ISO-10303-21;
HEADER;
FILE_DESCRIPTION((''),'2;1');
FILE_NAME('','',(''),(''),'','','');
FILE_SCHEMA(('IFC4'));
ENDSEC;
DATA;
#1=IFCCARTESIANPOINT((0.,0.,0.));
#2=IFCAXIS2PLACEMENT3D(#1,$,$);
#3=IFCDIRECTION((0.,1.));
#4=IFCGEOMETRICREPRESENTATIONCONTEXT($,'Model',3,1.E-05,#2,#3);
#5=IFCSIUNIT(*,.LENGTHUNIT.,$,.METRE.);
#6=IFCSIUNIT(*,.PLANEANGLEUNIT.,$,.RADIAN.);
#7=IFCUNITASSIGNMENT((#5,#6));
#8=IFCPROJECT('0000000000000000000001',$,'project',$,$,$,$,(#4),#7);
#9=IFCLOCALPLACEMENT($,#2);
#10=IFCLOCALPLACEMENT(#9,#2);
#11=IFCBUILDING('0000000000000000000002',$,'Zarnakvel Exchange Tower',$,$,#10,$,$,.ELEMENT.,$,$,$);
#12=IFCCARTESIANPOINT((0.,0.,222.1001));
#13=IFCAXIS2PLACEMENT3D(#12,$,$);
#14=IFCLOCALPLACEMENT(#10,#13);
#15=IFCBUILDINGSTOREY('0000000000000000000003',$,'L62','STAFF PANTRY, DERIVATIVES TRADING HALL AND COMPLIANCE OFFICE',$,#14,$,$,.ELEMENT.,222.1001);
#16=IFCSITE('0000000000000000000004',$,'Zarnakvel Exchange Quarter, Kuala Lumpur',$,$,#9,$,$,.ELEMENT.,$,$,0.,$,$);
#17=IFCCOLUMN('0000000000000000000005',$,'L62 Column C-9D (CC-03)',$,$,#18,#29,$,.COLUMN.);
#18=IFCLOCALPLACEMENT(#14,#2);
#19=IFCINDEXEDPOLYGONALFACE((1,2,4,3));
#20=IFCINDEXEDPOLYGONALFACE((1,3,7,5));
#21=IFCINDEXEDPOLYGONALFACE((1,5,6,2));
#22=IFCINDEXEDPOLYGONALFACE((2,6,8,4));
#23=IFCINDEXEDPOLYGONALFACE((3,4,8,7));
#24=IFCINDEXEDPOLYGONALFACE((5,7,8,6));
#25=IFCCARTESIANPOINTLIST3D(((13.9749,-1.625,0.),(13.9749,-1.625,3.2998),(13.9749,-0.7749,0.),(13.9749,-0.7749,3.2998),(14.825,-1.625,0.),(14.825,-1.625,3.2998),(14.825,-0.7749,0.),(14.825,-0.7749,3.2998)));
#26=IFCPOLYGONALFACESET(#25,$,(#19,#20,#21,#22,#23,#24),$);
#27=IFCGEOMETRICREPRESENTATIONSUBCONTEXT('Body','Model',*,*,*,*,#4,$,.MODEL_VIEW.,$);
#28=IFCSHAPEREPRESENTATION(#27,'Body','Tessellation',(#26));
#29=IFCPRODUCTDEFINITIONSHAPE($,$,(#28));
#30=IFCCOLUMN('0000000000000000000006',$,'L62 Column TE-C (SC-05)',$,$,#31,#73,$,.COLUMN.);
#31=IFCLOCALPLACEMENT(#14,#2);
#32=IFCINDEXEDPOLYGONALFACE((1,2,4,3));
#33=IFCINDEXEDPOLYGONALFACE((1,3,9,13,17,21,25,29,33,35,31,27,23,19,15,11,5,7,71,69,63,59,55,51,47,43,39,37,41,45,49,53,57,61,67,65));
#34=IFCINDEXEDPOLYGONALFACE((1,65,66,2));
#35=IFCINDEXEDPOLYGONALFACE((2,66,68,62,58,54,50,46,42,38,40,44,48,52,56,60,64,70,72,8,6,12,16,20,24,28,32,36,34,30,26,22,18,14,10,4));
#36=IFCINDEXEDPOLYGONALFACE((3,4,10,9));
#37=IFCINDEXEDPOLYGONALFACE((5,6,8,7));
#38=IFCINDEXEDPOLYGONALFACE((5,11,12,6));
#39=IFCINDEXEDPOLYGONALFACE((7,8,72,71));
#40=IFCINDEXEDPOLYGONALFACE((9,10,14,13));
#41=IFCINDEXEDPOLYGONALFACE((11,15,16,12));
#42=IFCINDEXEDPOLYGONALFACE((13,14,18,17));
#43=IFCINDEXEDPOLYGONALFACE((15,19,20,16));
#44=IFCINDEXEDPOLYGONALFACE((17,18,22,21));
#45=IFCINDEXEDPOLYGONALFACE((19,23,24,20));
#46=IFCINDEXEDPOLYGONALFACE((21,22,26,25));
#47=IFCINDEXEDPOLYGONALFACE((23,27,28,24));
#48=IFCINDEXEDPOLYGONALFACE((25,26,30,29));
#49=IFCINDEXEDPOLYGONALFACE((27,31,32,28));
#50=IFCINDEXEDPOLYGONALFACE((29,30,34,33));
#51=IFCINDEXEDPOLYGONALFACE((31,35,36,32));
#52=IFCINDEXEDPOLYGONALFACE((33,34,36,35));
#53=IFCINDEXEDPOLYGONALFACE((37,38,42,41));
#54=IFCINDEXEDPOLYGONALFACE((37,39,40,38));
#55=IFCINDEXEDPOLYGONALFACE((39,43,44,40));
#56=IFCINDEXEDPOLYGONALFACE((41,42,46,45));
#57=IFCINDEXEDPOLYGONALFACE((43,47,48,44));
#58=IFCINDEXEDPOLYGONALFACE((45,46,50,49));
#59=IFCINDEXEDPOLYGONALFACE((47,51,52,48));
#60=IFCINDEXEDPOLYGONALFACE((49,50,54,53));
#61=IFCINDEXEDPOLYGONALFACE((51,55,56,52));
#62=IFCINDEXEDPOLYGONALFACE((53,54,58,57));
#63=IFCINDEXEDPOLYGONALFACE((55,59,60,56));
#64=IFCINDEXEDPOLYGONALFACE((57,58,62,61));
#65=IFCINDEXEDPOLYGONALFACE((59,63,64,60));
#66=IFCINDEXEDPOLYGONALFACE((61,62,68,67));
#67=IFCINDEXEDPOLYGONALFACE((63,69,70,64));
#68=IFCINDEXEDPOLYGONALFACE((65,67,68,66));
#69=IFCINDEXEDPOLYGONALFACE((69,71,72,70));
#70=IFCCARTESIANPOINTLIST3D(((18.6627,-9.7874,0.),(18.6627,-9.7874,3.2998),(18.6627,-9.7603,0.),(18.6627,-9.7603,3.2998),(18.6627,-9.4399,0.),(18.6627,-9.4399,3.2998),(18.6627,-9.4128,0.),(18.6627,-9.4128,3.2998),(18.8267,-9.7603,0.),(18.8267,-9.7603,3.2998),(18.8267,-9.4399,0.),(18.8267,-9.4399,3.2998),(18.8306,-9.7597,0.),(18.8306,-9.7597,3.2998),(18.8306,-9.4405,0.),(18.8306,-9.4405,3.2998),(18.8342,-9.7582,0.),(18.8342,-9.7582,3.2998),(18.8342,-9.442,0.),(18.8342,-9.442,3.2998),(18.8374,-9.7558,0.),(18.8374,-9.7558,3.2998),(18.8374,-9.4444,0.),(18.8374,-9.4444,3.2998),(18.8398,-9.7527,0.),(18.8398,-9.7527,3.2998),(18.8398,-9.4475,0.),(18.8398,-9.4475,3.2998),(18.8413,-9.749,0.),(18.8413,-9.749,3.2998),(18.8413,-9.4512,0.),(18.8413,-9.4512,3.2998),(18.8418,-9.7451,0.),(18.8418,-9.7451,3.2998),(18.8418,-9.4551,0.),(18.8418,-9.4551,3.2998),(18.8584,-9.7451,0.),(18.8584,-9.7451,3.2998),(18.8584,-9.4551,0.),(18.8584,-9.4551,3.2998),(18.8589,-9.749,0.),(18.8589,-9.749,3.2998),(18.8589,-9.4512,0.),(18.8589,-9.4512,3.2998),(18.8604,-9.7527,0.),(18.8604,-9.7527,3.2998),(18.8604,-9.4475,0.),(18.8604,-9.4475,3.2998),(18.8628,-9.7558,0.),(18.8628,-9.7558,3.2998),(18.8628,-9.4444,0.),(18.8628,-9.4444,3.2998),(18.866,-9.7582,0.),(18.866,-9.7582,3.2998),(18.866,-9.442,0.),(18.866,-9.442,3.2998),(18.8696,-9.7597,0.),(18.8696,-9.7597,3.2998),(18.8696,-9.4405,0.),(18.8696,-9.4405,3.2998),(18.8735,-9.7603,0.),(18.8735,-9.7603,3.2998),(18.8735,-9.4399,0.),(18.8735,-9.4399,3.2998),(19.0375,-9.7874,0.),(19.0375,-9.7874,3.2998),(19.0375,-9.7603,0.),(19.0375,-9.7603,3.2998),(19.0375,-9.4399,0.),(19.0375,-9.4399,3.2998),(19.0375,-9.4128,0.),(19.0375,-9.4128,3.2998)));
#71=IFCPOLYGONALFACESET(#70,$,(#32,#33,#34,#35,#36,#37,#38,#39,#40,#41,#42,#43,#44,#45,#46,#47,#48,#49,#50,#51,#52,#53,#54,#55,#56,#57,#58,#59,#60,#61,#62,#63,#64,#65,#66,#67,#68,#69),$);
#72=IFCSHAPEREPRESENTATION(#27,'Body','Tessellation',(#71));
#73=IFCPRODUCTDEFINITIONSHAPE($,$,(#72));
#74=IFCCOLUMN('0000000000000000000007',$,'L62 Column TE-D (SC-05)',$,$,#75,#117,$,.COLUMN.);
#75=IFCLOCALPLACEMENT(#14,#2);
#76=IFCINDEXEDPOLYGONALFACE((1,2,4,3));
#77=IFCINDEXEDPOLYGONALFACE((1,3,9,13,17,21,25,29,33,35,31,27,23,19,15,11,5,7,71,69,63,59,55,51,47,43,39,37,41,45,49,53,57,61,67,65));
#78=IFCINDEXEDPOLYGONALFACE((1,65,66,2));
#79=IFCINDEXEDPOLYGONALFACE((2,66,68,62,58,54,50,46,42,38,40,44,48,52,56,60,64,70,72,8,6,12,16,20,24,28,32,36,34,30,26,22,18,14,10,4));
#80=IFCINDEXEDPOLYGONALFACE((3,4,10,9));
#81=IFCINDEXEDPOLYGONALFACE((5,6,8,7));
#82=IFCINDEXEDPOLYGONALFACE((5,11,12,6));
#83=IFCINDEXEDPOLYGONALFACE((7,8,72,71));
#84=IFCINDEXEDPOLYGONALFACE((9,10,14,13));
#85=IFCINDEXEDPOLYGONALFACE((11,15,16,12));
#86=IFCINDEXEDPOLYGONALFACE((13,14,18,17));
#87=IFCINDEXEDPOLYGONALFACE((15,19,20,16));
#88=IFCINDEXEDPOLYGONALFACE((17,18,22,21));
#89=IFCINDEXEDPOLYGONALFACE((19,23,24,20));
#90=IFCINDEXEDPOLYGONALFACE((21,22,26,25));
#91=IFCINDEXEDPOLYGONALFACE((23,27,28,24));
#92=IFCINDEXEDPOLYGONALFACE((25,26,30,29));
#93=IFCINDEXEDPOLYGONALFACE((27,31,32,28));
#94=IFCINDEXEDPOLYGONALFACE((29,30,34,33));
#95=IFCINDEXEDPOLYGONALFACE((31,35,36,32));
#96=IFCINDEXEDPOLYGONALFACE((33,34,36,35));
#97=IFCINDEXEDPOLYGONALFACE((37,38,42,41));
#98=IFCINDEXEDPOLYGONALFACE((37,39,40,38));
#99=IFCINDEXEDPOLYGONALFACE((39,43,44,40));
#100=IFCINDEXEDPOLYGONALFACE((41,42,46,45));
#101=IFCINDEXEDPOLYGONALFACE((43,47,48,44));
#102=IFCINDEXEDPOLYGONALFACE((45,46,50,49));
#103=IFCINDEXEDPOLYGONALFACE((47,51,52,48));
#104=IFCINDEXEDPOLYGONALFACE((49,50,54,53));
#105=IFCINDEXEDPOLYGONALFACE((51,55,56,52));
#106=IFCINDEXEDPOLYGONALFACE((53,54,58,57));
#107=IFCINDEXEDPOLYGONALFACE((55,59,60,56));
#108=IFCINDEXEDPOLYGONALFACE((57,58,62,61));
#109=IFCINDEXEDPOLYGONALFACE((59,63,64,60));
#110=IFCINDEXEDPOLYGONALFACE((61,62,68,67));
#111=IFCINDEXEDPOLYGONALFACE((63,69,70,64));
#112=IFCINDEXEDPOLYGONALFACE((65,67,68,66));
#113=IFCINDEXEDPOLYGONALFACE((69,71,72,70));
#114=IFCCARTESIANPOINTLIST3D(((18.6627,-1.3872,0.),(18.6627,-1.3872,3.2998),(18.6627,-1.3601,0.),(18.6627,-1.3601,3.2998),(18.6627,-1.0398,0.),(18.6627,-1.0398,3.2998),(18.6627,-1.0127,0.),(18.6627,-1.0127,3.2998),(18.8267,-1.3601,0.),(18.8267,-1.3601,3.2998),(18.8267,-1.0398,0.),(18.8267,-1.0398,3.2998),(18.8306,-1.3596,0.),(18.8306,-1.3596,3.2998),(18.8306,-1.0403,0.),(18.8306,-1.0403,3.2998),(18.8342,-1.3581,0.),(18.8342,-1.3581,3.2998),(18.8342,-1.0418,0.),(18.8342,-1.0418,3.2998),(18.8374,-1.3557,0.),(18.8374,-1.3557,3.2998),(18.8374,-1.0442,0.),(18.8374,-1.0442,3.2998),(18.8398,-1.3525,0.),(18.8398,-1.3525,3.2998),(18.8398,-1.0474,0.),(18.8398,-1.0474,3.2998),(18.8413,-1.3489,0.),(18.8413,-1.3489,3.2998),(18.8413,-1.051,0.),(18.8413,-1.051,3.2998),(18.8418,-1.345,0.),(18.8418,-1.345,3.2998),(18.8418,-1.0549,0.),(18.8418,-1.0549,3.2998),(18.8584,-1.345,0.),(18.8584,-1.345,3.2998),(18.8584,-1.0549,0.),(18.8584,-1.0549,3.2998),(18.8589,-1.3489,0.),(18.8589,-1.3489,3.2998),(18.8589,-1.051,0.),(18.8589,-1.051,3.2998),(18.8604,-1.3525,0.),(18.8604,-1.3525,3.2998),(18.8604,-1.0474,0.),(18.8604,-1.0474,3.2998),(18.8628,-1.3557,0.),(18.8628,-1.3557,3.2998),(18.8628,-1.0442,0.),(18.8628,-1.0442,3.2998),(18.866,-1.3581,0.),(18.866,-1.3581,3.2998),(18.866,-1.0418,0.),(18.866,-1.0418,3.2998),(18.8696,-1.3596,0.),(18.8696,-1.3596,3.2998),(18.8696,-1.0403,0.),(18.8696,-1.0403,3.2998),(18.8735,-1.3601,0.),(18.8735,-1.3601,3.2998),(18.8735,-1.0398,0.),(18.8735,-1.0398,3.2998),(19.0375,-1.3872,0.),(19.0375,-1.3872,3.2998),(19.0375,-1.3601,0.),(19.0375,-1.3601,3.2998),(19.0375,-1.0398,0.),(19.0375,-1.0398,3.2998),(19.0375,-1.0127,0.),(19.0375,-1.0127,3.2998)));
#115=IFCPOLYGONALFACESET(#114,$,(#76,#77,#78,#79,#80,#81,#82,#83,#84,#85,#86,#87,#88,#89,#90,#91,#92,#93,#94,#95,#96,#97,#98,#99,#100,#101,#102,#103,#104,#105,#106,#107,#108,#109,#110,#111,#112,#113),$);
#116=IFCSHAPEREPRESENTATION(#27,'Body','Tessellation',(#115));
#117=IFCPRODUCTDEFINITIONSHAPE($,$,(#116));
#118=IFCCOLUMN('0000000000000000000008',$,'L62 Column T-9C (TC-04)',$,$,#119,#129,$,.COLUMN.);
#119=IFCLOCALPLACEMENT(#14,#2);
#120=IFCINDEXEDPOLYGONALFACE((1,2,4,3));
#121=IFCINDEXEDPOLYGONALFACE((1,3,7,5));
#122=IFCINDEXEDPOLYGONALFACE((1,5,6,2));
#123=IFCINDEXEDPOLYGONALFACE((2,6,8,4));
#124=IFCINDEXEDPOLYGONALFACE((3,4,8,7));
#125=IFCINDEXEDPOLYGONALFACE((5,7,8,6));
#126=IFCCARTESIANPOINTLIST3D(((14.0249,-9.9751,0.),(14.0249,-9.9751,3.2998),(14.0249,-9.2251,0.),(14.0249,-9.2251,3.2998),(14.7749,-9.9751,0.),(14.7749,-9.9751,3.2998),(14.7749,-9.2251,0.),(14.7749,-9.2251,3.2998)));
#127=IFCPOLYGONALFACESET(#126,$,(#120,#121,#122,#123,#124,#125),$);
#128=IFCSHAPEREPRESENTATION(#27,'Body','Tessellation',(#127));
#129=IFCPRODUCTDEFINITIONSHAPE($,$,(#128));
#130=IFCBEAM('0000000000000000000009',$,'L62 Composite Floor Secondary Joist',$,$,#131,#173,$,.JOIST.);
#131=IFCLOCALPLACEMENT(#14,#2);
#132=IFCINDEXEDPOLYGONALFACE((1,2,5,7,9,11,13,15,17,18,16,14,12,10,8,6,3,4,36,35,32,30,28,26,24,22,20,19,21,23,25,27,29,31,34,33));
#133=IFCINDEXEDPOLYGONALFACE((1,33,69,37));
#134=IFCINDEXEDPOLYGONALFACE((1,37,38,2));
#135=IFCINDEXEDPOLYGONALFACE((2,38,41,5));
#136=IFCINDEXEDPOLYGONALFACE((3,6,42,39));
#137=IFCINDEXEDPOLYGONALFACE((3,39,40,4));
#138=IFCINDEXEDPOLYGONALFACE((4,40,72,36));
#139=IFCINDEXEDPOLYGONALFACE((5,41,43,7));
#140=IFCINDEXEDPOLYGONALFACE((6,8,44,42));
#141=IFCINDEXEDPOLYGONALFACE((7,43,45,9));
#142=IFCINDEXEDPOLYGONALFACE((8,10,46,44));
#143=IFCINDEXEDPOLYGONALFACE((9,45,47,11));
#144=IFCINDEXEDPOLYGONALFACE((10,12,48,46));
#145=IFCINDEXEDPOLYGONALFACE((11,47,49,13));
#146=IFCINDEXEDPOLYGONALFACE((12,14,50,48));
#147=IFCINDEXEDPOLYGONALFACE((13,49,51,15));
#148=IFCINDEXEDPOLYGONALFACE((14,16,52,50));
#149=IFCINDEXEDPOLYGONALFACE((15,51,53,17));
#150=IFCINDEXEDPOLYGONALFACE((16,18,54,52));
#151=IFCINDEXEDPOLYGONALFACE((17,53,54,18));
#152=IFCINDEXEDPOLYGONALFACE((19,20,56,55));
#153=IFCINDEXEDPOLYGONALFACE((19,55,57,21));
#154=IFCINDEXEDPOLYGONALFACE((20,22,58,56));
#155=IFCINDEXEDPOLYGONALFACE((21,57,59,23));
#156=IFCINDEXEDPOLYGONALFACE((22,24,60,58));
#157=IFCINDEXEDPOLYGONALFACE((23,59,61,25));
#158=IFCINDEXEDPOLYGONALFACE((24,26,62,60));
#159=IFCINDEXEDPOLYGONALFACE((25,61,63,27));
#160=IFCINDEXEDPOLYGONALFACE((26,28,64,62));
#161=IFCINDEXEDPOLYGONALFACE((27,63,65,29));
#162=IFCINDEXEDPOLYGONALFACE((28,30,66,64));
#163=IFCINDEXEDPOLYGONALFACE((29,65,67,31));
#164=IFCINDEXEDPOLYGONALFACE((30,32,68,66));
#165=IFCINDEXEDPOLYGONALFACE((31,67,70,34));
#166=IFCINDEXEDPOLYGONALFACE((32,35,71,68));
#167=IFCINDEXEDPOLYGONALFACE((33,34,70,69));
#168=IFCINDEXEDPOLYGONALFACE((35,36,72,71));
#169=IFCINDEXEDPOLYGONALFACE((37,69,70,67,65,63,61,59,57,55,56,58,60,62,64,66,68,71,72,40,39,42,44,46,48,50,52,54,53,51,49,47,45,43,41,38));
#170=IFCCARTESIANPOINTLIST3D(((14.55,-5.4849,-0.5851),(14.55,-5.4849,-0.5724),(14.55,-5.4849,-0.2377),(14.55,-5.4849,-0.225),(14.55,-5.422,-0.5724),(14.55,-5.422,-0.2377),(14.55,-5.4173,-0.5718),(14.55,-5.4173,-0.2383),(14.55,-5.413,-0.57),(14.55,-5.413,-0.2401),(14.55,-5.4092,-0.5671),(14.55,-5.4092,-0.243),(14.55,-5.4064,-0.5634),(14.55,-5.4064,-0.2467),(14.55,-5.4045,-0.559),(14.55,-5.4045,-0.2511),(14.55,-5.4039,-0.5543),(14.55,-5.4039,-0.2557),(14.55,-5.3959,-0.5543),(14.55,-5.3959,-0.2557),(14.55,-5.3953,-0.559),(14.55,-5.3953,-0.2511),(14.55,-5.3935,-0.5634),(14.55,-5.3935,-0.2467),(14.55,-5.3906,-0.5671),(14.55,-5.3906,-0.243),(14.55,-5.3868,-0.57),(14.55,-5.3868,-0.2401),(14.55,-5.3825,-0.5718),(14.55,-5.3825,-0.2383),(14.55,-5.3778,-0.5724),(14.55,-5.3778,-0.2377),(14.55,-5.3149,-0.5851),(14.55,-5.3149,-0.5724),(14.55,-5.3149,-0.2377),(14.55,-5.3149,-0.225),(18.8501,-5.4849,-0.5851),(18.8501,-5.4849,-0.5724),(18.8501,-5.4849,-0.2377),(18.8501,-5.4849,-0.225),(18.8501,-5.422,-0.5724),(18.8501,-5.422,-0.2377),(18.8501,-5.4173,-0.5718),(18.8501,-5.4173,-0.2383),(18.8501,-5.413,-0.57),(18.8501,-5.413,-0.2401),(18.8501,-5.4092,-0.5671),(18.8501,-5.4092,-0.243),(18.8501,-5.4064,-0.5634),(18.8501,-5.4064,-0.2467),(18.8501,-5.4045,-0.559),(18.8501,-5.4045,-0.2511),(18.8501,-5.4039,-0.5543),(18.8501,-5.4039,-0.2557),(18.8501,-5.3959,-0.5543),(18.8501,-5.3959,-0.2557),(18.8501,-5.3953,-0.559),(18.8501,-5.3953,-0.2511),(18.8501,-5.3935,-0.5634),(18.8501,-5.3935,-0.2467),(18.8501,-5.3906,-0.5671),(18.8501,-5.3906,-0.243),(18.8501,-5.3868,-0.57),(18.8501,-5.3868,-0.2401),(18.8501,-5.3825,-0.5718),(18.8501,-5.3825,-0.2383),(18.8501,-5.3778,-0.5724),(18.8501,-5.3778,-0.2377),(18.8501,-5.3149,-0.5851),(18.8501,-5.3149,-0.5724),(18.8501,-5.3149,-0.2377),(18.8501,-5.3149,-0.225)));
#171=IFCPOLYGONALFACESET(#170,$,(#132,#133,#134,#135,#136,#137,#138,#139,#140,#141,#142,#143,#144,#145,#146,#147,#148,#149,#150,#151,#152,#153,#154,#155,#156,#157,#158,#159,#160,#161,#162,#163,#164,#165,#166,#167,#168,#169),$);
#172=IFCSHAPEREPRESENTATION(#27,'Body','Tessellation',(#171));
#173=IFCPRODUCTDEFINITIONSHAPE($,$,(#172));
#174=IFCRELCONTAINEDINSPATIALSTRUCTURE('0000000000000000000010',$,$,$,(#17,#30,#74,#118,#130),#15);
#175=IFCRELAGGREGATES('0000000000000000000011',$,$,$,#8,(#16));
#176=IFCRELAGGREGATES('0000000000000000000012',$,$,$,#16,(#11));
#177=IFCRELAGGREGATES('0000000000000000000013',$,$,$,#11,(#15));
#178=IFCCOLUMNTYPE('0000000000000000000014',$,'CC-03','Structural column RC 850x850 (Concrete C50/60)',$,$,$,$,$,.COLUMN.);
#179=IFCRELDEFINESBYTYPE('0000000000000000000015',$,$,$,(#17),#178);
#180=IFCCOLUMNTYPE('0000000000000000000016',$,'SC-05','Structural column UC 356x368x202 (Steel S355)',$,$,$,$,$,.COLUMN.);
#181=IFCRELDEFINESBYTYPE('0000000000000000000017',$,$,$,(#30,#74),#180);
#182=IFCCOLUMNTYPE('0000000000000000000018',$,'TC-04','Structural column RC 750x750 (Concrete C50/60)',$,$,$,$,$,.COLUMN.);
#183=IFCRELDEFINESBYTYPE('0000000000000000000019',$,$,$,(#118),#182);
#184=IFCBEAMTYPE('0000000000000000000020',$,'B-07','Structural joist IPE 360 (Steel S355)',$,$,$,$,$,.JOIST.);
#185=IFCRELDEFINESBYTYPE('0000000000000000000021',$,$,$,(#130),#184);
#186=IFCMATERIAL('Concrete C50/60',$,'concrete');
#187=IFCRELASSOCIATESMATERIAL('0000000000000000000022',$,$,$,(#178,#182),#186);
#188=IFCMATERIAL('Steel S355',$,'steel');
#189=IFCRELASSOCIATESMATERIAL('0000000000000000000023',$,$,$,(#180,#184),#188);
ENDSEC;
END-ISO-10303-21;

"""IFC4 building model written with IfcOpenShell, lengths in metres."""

from ifc_helpers import new_model, si_unit, direction, frame, origin, origin_2d, place, context, subcontext, project, spatial, rectangle, i_section, extrude, material, material_profile, profile_set, type_object, element, save


model = new_model("IFC4")

# Units and contexts
model_context = context("Model", 3, precision=1e-05, world=origin(), true_north=direction((0.0, 1.0)))
body_context = subcontext(model_context, "Body", "Model", "MODEL_VIEW")
ifc_project = project(units=[si_unit("LENGTHUNIT", "METRE"), si_unit("PLANEANGLEUNIT", "RADIAN")], contexts=[model_context])

# Site, building, storey
site_placement = place(None, origin())
site = spatial("IfcSite", under=ifc_project, at=site_placement, Name="Zarnakvel Exchange Quarter, Kuala Lumpur", CompositionType="ELEMENT", RefElevation=0.0)
building_placement = place(site_placement, origin())
building = spatial("IfcBuilding", under=site, at=building_placement, Name="Zarnakvel Exchange Tower", CompositionType="ELEMENT")
storey_placement = place(building_placement, frame((0.0, 0.0, 222.1001)))
storey = spatial("IfcBuildingStorey", under=building, at=storey_placement, Name="L62", Description="STAFF PANTRY, DERIVATIVES TRADING HALL AND COMPLIANCE OFFICE", CompositionType="ELEMENT", Elevation=222.1001)

# Columns
ifc_material_1 = material(Name="Concrete C50/60", Category="concrete")
ifc_material_profile_1 = material_profile(ifc_material_1, rectangle(XDim=0.8501, YDim=0.8501, at=origin_2d()))
ifc_profile_set_1 = profile_set([ifc_material_profile_1], Name="Concrete C50/60")
column_type_1 = type_object("IfcColumnType", Name="CC-03", Description="Structural column RC 850x850 (Concrete C50/60)", PredefinedType="COLUMN", material=ifc_profile_set_1)
column_1_placement = place(storey_placement, frame((14.3999, -1.2, 0.0), z_axis=(0.0, 0.0, 1.0), x_axis=(1.0, 0.0, 0.0)))
element("IfcColumn", 1, at=column_1_placement, inside=storey, type_object=column_type_1, Name="L62 Column C-9D (CC-03)", PredefinedType="COLUMN", context=body_context, shape_type="SweptSolid", body=[
    extrude(rectangle(XDim=0.8501, YDim=0.8501, at=origin_2d()), origin(), (0.0, 0.0, 1.0), 3.2998),
])
ifc_material_2 = material(Name="Steel S355", Category="steel")
ifc_material_profile_2 = material_profile(ifc_material_2, i_section(OverallWidth=0.3748, OverallDepth=0.3745, WebThickness=0.0166, FlangeThickness=0.0271, FilletRadius=0.0151, at=origin_2d()))
ifc_profile_set_2 = profile_set([ifc_material_profile_2], Name="Steel S355")
column_type_2 = type_object("IfcColumnType", Name="SC-05", Description="Structural column UC 356x368x202 (Steel S355)", PredefinedType="COLUMN", material=ifc_profile_set_2)
for number, where, z_axis, x_axis, name in (
    (2, (18.8501, -9.6001, 0.0), (0.0, 0.0, 1.0), (1.0, 0.0, 0.0), "L62 Column TE-C (SC-05)"),
    (3, (18.8501, -1.2, 0.0), (0.0, 0.0, 1.0), (1.0, 0.0, 0.0), "L62 Column TE-D (SC-05)"),
):
    element("IfcColumn", number, at=place(storey_placement, frame(where, z_axis=z_axis, x_axis=x_axis)), inside=storey, type_object=column_type_2, Name=name, PredefinedType="COLUMN", context=body_context, shape_type="SweptSolid", body=[
        extrude(i_section(OverallWidth=0.3748, OverallDepth=0.3745, WebThickness=0.0166, FlangeThickness=0.0271, FilletRadius=0.0151, at=origin_2d()), origin(), (0.0, 0.0, 1.0), 3.2998),
    ])
ifc_material_profile_3 = material_profile(ifc_material_1, rectangle(XDim=0.75, YDim=0.75, at=origin_2d()))
ifc_profile_set_3 = profile_set([ifc_material_profile_3], Name="Concrete C50/60")
column_type_3 = type_object("IfcColumnType", Name="TC-04", Description="Structural column RC 750x750 (Concrete C50/60)", PredefinedType="COLUMN", material=ifc_profile_set_3)
column_2_placement = place(storey_placement, frame((14.3999, -9.6001, 0.0), z_axis=(0.0, 0.0, 1.0), x_axis=(1.0, 0.0, 0.0)))
element("IfcColumn", 4, at=column_2_placement, inside=storey, type_object=column_type_3, Name="L62 Column T-9C (TC-04)", PredefinedType="COLUMN", context=body_context, shape_type="SweptSolid", body=[
    extrude(rectangle(XDim=0.75, YDim=0.75, at=origin_2d()), origin(), (0.0, 0.0, 1.0), 3.2998),
])

# Beam
ifc_material_profile_4 = material_profile(ifc_material_2, i_section(OverallWidth=0.1699, OverallDepth=0.3601, WebThickness=0.0081, FlangeThickness=0.0127, FilletRadius=0.0181, at=origin_2d()))
ifc_profile_set_4 = profile_set([ifc_material_profile_4], Name="Steel S355")
beam_type_1 = type_object("IfcBeamType", Name="B-07", Description="Structural joist IPE 360 (Steel S355)", PredefinedType="JOIST", material=ifc_profile_set_4)
beam_1_placement = place(storey_placement, frame((14.55, -5.3999, -0.405), z_axis=(1.0, 0.0, 0.0), x_axis=(0.0, 1.0, 0.0)))
element("IfcBeam", 5, at=beam_1_placement, inside=storey, type_object=beam_type_1, Name="L62 Composite Floor Secondary Joist", PredefinedType="JOIST", context=body_context, shape_type="SweptSolid", body=[
    extrude(i_section(OverallWidth=0.1699, OverallDepth=0.3601, WebThickness=0.0081, FlangeThickness=0.0127, FilletRadius=0.0181, at=origin_2d()), origin(), (0.0, 0.0, 1.0), 4.3),
])

save(model, "model.ifc")
